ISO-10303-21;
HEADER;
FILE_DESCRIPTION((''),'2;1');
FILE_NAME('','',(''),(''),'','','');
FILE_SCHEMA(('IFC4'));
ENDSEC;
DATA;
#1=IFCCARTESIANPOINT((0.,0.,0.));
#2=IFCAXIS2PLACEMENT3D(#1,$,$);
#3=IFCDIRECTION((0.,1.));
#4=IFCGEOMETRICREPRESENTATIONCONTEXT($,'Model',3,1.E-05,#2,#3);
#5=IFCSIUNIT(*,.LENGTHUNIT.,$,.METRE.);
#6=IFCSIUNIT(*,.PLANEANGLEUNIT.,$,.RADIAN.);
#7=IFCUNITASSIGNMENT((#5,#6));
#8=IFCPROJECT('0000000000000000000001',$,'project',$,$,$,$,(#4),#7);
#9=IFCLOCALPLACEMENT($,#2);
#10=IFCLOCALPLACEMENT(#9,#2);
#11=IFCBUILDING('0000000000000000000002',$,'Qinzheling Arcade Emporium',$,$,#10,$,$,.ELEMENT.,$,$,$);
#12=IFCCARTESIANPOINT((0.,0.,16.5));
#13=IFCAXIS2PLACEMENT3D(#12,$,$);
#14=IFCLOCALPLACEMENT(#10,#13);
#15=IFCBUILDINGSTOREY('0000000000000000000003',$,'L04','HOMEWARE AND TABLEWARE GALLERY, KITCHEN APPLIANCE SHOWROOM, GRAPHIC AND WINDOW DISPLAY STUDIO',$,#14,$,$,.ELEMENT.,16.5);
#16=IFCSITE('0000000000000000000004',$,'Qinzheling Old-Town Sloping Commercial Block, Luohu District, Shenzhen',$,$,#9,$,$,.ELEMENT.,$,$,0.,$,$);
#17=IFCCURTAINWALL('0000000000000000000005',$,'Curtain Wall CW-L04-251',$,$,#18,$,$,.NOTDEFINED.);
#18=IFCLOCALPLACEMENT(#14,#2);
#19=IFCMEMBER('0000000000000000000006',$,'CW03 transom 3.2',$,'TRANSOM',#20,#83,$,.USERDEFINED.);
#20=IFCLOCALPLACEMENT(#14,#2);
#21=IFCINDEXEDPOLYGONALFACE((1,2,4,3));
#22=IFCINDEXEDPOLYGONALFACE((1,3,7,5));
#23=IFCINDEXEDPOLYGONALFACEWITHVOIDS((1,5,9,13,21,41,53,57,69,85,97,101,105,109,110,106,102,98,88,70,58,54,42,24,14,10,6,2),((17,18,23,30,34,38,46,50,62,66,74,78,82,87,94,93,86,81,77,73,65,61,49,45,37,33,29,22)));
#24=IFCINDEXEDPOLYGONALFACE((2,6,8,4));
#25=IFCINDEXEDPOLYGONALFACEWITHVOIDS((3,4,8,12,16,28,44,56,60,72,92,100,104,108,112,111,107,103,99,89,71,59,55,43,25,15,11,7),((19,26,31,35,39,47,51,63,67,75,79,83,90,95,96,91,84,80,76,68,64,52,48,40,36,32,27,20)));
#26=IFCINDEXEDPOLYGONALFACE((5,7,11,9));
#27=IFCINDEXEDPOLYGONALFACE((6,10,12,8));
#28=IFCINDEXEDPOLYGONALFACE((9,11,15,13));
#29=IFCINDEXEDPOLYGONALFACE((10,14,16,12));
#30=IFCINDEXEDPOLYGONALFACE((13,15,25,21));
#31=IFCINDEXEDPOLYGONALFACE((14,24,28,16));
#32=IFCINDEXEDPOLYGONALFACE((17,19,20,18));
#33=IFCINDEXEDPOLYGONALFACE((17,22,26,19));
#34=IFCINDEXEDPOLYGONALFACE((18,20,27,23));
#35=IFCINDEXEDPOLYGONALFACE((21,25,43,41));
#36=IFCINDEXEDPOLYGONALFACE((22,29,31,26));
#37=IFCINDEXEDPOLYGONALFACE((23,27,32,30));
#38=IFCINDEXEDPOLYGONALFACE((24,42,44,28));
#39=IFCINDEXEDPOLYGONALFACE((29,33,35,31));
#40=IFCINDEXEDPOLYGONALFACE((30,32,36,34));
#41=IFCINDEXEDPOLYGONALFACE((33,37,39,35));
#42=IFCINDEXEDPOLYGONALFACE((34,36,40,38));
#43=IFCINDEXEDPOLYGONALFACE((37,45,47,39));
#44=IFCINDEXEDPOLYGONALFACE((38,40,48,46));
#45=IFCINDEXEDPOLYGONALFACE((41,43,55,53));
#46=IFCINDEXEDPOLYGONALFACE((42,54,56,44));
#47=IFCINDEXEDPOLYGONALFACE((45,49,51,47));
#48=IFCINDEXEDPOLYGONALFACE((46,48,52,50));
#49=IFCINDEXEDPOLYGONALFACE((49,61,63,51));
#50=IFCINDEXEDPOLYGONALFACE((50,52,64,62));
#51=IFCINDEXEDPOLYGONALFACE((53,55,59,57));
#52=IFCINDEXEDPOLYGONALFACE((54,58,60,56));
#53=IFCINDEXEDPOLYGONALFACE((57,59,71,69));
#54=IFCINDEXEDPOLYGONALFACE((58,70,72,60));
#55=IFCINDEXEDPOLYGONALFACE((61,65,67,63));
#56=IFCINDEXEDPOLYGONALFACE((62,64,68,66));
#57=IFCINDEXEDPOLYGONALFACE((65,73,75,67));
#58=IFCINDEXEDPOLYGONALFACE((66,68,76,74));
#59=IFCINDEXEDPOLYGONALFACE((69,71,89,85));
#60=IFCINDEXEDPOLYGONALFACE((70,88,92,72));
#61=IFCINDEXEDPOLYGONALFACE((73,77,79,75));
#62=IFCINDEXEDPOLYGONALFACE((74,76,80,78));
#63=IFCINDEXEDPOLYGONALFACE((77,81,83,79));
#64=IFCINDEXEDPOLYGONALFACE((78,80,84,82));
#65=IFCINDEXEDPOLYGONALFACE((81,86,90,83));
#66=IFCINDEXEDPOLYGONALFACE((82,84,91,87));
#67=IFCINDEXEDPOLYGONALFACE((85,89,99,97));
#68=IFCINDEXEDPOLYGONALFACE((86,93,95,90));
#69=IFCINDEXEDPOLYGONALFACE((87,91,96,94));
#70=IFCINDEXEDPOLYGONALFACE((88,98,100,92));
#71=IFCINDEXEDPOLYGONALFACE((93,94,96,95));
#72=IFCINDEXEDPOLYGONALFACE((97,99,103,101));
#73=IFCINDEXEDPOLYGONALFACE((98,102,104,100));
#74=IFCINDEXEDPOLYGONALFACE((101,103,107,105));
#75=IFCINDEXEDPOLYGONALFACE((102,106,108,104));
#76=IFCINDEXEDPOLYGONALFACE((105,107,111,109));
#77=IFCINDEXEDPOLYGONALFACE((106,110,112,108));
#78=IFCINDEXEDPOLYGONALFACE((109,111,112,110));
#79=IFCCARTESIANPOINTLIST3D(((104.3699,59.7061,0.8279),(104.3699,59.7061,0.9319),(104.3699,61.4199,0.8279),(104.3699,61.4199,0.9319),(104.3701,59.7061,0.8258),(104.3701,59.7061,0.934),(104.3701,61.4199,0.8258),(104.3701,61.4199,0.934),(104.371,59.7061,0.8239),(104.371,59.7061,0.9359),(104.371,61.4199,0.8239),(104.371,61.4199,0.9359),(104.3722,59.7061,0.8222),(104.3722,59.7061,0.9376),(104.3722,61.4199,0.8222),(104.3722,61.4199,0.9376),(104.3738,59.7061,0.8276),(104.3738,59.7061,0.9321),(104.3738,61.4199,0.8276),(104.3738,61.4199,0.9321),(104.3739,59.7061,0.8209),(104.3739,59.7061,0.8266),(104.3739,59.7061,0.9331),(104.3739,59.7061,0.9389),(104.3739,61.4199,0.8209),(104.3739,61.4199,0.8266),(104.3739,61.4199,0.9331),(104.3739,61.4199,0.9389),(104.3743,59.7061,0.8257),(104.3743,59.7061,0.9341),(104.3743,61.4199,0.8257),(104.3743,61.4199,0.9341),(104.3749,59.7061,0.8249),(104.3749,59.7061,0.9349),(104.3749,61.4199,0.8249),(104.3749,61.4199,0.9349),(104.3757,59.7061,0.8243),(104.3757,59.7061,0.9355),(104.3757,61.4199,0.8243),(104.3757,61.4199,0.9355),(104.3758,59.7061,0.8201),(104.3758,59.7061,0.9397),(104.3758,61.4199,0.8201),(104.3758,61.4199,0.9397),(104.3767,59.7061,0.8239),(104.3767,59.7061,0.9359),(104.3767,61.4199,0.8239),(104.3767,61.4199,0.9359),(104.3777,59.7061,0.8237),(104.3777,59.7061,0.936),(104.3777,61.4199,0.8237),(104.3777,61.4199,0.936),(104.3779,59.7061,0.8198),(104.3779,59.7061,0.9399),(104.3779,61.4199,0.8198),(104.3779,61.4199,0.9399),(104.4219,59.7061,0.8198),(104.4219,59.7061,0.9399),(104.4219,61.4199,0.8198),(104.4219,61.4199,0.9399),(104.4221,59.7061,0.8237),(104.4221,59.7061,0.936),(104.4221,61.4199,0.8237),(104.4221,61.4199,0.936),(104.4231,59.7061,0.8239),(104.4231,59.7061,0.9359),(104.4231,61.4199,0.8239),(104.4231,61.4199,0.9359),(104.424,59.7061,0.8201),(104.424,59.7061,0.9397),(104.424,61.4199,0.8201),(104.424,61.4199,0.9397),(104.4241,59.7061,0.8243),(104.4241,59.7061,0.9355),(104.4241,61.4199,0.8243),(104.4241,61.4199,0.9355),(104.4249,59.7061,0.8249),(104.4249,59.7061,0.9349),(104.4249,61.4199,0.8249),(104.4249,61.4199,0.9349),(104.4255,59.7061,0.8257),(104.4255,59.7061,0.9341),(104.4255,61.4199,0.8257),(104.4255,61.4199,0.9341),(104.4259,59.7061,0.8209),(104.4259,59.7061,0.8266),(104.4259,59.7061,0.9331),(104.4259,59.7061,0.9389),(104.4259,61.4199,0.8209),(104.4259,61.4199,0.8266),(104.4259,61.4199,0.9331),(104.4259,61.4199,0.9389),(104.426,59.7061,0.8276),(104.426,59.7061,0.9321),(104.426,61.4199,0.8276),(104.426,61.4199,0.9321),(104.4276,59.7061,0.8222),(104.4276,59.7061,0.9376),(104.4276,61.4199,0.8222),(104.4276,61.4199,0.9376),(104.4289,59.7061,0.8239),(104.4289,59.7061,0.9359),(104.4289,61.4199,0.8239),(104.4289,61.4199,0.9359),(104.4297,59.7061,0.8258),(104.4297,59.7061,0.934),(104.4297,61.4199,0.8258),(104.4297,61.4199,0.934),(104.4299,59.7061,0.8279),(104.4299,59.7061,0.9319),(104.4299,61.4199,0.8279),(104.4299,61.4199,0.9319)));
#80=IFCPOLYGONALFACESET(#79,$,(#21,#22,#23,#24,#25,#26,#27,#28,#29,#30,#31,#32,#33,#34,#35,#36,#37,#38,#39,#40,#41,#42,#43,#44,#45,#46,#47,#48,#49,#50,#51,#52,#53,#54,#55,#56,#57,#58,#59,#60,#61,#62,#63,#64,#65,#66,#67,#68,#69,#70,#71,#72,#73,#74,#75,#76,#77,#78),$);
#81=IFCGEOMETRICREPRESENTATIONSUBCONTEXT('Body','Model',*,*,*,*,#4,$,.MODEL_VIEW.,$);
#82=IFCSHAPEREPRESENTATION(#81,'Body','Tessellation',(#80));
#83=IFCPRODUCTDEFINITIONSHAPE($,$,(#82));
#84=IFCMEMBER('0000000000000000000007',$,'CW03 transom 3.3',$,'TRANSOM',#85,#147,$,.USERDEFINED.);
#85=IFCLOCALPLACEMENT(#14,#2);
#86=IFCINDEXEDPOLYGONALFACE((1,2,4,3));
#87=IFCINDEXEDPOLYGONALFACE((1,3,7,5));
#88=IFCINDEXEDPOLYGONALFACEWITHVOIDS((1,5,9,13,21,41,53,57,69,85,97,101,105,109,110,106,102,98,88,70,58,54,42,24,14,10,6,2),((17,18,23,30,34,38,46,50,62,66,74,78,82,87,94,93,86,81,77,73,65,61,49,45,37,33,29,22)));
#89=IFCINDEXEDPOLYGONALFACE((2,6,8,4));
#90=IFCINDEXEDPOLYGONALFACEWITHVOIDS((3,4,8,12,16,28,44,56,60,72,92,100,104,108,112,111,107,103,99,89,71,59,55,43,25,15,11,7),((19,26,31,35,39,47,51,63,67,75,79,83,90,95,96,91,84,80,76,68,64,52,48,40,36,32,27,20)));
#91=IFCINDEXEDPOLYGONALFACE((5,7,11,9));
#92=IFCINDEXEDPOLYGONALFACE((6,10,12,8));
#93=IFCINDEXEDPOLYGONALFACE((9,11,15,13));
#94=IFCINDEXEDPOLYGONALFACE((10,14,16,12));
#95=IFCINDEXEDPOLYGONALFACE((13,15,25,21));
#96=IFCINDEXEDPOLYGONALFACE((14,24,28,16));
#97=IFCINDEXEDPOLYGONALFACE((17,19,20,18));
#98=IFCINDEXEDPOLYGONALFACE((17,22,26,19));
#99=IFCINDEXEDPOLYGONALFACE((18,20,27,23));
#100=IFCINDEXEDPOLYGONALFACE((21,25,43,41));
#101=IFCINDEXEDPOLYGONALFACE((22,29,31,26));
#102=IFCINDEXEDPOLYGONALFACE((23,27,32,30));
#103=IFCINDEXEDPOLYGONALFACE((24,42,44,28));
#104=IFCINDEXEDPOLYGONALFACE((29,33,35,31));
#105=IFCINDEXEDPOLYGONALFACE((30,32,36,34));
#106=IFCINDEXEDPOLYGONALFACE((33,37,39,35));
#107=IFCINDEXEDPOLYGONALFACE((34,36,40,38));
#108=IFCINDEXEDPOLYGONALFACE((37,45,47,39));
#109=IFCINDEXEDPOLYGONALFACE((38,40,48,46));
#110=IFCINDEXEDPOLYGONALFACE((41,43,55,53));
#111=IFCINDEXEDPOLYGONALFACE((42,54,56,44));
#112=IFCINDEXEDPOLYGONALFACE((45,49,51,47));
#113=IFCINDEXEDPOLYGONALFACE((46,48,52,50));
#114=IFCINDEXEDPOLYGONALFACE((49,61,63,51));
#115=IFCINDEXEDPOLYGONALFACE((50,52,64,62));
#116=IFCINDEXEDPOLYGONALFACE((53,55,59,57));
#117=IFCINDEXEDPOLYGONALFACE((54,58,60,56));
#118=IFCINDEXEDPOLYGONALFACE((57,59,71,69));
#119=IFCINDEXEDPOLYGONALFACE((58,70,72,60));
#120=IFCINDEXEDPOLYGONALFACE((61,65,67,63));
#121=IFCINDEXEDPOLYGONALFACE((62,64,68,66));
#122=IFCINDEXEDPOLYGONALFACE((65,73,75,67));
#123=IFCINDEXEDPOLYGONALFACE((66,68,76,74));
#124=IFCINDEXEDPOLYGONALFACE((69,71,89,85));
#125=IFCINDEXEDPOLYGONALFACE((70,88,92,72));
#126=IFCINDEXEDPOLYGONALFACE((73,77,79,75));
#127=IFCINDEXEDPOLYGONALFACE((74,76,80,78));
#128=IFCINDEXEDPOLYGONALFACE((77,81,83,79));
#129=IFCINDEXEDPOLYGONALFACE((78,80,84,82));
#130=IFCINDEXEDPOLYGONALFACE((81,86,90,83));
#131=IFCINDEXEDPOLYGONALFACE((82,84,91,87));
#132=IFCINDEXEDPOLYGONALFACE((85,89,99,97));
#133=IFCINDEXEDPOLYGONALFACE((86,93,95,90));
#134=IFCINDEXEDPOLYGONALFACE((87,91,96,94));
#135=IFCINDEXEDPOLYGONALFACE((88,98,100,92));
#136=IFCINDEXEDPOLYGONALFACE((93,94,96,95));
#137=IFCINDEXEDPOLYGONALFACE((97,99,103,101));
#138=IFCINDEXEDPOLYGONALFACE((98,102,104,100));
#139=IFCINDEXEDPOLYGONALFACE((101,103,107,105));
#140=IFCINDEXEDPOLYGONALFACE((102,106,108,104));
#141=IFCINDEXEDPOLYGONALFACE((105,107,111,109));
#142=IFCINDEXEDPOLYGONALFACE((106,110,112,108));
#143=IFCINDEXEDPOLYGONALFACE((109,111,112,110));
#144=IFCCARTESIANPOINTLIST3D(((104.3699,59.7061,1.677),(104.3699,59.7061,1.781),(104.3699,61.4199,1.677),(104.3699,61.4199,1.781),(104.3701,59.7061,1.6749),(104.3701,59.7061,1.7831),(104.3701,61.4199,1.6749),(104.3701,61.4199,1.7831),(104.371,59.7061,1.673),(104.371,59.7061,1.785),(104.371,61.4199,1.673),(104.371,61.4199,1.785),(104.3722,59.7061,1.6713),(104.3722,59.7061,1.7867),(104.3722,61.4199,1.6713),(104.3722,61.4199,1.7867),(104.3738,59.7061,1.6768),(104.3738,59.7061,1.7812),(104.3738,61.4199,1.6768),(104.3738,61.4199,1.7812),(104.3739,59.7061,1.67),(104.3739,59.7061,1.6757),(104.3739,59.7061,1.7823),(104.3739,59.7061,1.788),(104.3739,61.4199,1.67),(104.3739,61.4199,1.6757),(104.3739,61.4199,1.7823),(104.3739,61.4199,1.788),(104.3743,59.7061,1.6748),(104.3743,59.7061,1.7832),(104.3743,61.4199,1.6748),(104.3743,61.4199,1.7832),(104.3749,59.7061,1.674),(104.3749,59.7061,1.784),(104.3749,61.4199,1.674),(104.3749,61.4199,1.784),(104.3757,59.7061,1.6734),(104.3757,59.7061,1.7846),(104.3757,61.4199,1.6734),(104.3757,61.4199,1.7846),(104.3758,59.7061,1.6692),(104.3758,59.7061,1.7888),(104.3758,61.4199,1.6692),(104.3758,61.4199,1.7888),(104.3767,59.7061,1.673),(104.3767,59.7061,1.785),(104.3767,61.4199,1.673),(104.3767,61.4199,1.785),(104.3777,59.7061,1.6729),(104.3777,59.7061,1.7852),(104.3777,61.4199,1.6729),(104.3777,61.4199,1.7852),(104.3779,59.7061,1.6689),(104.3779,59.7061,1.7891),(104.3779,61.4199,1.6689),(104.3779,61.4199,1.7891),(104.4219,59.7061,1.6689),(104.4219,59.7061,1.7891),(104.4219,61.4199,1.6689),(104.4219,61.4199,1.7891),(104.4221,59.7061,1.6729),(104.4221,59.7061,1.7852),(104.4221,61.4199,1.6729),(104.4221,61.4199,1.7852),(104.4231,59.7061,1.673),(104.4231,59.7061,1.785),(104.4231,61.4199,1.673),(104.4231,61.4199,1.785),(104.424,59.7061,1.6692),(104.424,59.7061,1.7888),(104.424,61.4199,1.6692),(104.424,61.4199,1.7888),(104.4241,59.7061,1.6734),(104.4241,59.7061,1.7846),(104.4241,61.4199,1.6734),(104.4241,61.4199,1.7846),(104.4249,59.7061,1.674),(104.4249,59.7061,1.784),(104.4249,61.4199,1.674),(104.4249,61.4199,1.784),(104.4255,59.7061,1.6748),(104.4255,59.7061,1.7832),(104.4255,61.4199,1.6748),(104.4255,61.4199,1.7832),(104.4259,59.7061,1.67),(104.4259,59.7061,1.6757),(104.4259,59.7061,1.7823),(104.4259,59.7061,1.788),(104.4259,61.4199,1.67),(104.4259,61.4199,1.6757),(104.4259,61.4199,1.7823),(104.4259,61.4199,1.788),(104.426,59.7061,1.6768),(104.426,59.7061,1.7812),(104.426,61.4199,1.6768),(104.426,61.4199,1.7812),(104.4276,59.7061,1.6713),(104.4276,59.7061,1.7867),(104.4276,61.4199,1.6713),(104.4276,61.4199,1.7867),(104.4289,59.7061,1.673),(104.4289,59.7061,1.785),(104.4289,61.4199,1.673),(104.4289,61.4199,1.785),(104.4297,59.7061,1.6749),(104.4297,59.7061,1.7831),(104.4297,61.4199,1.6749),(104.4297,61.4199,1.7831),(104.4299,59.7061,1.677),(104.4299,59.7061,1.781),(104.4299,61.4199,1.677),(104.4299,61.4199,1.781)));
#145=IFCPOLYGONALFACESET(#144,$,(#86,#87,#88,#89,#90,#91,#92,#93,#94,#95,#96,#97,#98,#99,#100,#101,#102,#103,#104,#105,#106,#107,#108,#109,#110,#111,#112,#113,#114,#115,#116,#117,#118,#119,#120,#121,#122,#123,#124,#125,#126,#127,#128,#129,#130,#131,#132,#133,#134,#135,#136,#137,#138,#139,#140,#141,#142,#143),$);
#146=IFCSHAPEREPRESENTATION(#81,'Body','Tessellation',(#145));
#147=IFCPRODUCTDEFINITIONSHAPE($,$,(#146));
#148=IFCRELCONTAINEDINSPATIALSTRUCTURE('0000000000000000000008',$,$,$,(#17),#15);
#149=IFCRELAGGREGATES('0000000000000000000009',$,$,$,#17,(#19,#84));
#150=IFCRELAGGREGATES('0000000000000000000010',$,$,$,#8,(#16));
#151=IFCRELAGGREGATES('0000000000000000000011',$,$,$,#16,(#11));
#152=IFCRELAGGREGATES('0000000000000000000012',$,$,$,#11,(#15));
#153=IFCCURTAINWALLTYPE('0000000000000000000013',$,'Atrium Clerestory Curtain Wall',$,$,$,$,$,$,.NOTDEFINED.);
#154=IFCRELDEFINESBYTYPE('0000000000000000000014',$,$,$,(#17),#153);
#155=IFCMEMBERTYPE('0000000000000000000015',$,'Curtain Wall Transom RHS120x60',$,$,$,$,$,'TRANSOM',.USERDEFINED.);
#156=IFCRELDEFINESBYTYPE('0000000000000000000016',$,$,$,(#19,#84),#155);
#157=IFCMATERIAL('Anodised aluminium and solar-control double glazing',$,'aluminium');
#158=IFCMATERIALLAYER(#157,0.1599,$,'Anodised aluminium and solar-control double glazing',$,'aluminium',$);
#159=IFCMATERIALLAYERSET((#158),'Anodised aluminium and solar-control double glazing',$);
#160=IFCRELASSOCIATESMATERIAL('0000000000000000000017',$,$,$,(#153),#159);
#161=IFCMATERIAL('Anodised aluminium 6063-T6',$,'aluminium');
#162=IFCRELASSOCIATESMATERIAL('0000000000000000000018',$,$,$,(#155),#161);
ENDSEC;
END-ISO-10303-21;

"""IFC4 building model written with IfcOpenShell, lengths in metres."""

from ifc_helpers import new_model, si_unit, direction, frame, origin, origin_2d, place, context, subcontext, project, spatial, hollow_rectangle, extrude, material, layer, layer_set, material_profile, profile_set, type_object, element, aggregate, save


model = new_model("IFC4")

# Units and contexts
model_context = context("Model", 3, precision=1e-05, world=origin(), true_north=direction((0.0, 1.0)))
body_context = subcontext(model_context, "Body", "Model", "MODEL_VIEW")
ifc_project = project(units=[si_unit("LENGTHUNIT", "METRE"), si_unit("PLANEANGLEUNIT", "RADIAN")], contexts=[model_context])

# Site, building, storey
site_placement = place(None, origin())
site = spatial("IfcSite", under=ifc_project, at=site_placement, Name="Qinzheling Old-Town Sloping Commercial Block, Luohu District, Shenzhen", CompositionType="ELEMENT", RefElevation=0.0)
building_placement = place(site_placement, origin())
building = spatial("IfcBuilding", under=site, at=building_placement, Name="Qinzheling Arcade Emporium", CompositionType="ELEMENT")
storey_placement = place(building_placement, frame((0.0, 0.0, 16.5)))
storey = spatial("IfcBuildingStorey", under=building, at=storey_placement, Name="L04", Description="HOMEWARE AND TABLEWARE GALLERY, KITCHEN APPLIANCE SHOWROOM, GRAPHIC AND WINDOW DISPLAY STUDIO", CompositionType="ELEMENT", Elevation=16.5)

# Curtain wall
ifc_material_1 = material(Name="Anodised aluminium and solar-control double glazing", Category="aluminium")
ifc_layer_1 = layer(ifc_material_1, 0.1599, Name="Anodised aluminium and solar-control double glazing", Category="aluminium")
ifc_layer_set_1 = layer_set([ifc_layer_1], Name="Anodised aluminium and solar-control double glazing")
curtain_wall_type = type_object("IfcCurtainWallType", Name="Atrium Clerestory Curtain Wall", PredefinedType="NOTDEFINED", material=ifc_layer_set_1)
curtain_wall_1_placement = place(storey_placement, origin())
curtain_wall_1 = element("IfcCurtainWall", 1, at=curtain_wall_1_placement, inside=storey, type_object=curtain_wall_type, Name="Curtain Wall CW-L04-251", PredefinedType="NOTDEFINED")
ifc_material_2 = material(Name="Anodised aluminium 6063-T6", Category="aluminium")

# Members
ifc_material_profile_1 = material_profile(ifc_material_2, hollow_rectangle(XDim=0.0601, YDim=0.1201, WallThickness=0.0039, InnerFilletRadius=0.0039, OuterFilletRadius=0.0081, at=origin_2d()), Name="RHS 120x60x4", Category="aluminium")
ifc_profile_set_1 = profile_set([ifc_material_profile_1], Name="Anodised aluminium 6063-T6")
member_type_1 = type_object("IfcMemberType", Name="Curtain Wall Transom RHS120x60", ElementType="TRANSOM", PredefinedType="USERDEFINED", material=ifc_profile_set_1)
member_1_placement = place(storey_placement, frame((104.3999, 61.4199, 0.8799), z_axis=(0.0, -1.0, 0.0), x_axis=(1.0, 0.0, 0.0)))
member_1 = element("IfcMember", 2, at=member_1_placement, type_object=member_type_1, Name="CW03 transom 3.2", ObjectType="TRANSOM", PredefinedType="USERDEFINED", context=body_context, shape_type="SweptSolid", body=[
    extrude(hollow_rectangle(XDim=0.0601, YDim=0.1201, WallThickness=0.0039, InnerFilletRadius=0.0039, OuterFilletRadius=0.0081, at=origin_2d()), origin(), (0.0, 0.0, 1.0), 1.7139),
])
member_2_placement = place(storey_placement, frame((104.3999, 61.4199, 1.729), z_axis=(0.0, -1.0, 0.0), x_axis=(1.0, 0.0, 0.0)))
member_2 = element("IfcMember", 3, at=member_2_placement, type_object=member_type_1, Name="CW03 transom 3.3", ObjectType="TRANSOM", PredefinedType="USERDEFINED", context=body_context, shape_type="SweptSolid", body=[
    extrude(hollow_rectangle(XDim=0.0601, YDim=0.1201, WallThickness=0.0039, InnerFilletRadius=0.0039, OuterFilletRadius=0.0081, at=origin_2d()), origin(), (0.0, 0.0, 1.0), 1.7139),
])

aggregate(curtain_wall_1, [member_1, member_2])

save(model, "model.ifc")
